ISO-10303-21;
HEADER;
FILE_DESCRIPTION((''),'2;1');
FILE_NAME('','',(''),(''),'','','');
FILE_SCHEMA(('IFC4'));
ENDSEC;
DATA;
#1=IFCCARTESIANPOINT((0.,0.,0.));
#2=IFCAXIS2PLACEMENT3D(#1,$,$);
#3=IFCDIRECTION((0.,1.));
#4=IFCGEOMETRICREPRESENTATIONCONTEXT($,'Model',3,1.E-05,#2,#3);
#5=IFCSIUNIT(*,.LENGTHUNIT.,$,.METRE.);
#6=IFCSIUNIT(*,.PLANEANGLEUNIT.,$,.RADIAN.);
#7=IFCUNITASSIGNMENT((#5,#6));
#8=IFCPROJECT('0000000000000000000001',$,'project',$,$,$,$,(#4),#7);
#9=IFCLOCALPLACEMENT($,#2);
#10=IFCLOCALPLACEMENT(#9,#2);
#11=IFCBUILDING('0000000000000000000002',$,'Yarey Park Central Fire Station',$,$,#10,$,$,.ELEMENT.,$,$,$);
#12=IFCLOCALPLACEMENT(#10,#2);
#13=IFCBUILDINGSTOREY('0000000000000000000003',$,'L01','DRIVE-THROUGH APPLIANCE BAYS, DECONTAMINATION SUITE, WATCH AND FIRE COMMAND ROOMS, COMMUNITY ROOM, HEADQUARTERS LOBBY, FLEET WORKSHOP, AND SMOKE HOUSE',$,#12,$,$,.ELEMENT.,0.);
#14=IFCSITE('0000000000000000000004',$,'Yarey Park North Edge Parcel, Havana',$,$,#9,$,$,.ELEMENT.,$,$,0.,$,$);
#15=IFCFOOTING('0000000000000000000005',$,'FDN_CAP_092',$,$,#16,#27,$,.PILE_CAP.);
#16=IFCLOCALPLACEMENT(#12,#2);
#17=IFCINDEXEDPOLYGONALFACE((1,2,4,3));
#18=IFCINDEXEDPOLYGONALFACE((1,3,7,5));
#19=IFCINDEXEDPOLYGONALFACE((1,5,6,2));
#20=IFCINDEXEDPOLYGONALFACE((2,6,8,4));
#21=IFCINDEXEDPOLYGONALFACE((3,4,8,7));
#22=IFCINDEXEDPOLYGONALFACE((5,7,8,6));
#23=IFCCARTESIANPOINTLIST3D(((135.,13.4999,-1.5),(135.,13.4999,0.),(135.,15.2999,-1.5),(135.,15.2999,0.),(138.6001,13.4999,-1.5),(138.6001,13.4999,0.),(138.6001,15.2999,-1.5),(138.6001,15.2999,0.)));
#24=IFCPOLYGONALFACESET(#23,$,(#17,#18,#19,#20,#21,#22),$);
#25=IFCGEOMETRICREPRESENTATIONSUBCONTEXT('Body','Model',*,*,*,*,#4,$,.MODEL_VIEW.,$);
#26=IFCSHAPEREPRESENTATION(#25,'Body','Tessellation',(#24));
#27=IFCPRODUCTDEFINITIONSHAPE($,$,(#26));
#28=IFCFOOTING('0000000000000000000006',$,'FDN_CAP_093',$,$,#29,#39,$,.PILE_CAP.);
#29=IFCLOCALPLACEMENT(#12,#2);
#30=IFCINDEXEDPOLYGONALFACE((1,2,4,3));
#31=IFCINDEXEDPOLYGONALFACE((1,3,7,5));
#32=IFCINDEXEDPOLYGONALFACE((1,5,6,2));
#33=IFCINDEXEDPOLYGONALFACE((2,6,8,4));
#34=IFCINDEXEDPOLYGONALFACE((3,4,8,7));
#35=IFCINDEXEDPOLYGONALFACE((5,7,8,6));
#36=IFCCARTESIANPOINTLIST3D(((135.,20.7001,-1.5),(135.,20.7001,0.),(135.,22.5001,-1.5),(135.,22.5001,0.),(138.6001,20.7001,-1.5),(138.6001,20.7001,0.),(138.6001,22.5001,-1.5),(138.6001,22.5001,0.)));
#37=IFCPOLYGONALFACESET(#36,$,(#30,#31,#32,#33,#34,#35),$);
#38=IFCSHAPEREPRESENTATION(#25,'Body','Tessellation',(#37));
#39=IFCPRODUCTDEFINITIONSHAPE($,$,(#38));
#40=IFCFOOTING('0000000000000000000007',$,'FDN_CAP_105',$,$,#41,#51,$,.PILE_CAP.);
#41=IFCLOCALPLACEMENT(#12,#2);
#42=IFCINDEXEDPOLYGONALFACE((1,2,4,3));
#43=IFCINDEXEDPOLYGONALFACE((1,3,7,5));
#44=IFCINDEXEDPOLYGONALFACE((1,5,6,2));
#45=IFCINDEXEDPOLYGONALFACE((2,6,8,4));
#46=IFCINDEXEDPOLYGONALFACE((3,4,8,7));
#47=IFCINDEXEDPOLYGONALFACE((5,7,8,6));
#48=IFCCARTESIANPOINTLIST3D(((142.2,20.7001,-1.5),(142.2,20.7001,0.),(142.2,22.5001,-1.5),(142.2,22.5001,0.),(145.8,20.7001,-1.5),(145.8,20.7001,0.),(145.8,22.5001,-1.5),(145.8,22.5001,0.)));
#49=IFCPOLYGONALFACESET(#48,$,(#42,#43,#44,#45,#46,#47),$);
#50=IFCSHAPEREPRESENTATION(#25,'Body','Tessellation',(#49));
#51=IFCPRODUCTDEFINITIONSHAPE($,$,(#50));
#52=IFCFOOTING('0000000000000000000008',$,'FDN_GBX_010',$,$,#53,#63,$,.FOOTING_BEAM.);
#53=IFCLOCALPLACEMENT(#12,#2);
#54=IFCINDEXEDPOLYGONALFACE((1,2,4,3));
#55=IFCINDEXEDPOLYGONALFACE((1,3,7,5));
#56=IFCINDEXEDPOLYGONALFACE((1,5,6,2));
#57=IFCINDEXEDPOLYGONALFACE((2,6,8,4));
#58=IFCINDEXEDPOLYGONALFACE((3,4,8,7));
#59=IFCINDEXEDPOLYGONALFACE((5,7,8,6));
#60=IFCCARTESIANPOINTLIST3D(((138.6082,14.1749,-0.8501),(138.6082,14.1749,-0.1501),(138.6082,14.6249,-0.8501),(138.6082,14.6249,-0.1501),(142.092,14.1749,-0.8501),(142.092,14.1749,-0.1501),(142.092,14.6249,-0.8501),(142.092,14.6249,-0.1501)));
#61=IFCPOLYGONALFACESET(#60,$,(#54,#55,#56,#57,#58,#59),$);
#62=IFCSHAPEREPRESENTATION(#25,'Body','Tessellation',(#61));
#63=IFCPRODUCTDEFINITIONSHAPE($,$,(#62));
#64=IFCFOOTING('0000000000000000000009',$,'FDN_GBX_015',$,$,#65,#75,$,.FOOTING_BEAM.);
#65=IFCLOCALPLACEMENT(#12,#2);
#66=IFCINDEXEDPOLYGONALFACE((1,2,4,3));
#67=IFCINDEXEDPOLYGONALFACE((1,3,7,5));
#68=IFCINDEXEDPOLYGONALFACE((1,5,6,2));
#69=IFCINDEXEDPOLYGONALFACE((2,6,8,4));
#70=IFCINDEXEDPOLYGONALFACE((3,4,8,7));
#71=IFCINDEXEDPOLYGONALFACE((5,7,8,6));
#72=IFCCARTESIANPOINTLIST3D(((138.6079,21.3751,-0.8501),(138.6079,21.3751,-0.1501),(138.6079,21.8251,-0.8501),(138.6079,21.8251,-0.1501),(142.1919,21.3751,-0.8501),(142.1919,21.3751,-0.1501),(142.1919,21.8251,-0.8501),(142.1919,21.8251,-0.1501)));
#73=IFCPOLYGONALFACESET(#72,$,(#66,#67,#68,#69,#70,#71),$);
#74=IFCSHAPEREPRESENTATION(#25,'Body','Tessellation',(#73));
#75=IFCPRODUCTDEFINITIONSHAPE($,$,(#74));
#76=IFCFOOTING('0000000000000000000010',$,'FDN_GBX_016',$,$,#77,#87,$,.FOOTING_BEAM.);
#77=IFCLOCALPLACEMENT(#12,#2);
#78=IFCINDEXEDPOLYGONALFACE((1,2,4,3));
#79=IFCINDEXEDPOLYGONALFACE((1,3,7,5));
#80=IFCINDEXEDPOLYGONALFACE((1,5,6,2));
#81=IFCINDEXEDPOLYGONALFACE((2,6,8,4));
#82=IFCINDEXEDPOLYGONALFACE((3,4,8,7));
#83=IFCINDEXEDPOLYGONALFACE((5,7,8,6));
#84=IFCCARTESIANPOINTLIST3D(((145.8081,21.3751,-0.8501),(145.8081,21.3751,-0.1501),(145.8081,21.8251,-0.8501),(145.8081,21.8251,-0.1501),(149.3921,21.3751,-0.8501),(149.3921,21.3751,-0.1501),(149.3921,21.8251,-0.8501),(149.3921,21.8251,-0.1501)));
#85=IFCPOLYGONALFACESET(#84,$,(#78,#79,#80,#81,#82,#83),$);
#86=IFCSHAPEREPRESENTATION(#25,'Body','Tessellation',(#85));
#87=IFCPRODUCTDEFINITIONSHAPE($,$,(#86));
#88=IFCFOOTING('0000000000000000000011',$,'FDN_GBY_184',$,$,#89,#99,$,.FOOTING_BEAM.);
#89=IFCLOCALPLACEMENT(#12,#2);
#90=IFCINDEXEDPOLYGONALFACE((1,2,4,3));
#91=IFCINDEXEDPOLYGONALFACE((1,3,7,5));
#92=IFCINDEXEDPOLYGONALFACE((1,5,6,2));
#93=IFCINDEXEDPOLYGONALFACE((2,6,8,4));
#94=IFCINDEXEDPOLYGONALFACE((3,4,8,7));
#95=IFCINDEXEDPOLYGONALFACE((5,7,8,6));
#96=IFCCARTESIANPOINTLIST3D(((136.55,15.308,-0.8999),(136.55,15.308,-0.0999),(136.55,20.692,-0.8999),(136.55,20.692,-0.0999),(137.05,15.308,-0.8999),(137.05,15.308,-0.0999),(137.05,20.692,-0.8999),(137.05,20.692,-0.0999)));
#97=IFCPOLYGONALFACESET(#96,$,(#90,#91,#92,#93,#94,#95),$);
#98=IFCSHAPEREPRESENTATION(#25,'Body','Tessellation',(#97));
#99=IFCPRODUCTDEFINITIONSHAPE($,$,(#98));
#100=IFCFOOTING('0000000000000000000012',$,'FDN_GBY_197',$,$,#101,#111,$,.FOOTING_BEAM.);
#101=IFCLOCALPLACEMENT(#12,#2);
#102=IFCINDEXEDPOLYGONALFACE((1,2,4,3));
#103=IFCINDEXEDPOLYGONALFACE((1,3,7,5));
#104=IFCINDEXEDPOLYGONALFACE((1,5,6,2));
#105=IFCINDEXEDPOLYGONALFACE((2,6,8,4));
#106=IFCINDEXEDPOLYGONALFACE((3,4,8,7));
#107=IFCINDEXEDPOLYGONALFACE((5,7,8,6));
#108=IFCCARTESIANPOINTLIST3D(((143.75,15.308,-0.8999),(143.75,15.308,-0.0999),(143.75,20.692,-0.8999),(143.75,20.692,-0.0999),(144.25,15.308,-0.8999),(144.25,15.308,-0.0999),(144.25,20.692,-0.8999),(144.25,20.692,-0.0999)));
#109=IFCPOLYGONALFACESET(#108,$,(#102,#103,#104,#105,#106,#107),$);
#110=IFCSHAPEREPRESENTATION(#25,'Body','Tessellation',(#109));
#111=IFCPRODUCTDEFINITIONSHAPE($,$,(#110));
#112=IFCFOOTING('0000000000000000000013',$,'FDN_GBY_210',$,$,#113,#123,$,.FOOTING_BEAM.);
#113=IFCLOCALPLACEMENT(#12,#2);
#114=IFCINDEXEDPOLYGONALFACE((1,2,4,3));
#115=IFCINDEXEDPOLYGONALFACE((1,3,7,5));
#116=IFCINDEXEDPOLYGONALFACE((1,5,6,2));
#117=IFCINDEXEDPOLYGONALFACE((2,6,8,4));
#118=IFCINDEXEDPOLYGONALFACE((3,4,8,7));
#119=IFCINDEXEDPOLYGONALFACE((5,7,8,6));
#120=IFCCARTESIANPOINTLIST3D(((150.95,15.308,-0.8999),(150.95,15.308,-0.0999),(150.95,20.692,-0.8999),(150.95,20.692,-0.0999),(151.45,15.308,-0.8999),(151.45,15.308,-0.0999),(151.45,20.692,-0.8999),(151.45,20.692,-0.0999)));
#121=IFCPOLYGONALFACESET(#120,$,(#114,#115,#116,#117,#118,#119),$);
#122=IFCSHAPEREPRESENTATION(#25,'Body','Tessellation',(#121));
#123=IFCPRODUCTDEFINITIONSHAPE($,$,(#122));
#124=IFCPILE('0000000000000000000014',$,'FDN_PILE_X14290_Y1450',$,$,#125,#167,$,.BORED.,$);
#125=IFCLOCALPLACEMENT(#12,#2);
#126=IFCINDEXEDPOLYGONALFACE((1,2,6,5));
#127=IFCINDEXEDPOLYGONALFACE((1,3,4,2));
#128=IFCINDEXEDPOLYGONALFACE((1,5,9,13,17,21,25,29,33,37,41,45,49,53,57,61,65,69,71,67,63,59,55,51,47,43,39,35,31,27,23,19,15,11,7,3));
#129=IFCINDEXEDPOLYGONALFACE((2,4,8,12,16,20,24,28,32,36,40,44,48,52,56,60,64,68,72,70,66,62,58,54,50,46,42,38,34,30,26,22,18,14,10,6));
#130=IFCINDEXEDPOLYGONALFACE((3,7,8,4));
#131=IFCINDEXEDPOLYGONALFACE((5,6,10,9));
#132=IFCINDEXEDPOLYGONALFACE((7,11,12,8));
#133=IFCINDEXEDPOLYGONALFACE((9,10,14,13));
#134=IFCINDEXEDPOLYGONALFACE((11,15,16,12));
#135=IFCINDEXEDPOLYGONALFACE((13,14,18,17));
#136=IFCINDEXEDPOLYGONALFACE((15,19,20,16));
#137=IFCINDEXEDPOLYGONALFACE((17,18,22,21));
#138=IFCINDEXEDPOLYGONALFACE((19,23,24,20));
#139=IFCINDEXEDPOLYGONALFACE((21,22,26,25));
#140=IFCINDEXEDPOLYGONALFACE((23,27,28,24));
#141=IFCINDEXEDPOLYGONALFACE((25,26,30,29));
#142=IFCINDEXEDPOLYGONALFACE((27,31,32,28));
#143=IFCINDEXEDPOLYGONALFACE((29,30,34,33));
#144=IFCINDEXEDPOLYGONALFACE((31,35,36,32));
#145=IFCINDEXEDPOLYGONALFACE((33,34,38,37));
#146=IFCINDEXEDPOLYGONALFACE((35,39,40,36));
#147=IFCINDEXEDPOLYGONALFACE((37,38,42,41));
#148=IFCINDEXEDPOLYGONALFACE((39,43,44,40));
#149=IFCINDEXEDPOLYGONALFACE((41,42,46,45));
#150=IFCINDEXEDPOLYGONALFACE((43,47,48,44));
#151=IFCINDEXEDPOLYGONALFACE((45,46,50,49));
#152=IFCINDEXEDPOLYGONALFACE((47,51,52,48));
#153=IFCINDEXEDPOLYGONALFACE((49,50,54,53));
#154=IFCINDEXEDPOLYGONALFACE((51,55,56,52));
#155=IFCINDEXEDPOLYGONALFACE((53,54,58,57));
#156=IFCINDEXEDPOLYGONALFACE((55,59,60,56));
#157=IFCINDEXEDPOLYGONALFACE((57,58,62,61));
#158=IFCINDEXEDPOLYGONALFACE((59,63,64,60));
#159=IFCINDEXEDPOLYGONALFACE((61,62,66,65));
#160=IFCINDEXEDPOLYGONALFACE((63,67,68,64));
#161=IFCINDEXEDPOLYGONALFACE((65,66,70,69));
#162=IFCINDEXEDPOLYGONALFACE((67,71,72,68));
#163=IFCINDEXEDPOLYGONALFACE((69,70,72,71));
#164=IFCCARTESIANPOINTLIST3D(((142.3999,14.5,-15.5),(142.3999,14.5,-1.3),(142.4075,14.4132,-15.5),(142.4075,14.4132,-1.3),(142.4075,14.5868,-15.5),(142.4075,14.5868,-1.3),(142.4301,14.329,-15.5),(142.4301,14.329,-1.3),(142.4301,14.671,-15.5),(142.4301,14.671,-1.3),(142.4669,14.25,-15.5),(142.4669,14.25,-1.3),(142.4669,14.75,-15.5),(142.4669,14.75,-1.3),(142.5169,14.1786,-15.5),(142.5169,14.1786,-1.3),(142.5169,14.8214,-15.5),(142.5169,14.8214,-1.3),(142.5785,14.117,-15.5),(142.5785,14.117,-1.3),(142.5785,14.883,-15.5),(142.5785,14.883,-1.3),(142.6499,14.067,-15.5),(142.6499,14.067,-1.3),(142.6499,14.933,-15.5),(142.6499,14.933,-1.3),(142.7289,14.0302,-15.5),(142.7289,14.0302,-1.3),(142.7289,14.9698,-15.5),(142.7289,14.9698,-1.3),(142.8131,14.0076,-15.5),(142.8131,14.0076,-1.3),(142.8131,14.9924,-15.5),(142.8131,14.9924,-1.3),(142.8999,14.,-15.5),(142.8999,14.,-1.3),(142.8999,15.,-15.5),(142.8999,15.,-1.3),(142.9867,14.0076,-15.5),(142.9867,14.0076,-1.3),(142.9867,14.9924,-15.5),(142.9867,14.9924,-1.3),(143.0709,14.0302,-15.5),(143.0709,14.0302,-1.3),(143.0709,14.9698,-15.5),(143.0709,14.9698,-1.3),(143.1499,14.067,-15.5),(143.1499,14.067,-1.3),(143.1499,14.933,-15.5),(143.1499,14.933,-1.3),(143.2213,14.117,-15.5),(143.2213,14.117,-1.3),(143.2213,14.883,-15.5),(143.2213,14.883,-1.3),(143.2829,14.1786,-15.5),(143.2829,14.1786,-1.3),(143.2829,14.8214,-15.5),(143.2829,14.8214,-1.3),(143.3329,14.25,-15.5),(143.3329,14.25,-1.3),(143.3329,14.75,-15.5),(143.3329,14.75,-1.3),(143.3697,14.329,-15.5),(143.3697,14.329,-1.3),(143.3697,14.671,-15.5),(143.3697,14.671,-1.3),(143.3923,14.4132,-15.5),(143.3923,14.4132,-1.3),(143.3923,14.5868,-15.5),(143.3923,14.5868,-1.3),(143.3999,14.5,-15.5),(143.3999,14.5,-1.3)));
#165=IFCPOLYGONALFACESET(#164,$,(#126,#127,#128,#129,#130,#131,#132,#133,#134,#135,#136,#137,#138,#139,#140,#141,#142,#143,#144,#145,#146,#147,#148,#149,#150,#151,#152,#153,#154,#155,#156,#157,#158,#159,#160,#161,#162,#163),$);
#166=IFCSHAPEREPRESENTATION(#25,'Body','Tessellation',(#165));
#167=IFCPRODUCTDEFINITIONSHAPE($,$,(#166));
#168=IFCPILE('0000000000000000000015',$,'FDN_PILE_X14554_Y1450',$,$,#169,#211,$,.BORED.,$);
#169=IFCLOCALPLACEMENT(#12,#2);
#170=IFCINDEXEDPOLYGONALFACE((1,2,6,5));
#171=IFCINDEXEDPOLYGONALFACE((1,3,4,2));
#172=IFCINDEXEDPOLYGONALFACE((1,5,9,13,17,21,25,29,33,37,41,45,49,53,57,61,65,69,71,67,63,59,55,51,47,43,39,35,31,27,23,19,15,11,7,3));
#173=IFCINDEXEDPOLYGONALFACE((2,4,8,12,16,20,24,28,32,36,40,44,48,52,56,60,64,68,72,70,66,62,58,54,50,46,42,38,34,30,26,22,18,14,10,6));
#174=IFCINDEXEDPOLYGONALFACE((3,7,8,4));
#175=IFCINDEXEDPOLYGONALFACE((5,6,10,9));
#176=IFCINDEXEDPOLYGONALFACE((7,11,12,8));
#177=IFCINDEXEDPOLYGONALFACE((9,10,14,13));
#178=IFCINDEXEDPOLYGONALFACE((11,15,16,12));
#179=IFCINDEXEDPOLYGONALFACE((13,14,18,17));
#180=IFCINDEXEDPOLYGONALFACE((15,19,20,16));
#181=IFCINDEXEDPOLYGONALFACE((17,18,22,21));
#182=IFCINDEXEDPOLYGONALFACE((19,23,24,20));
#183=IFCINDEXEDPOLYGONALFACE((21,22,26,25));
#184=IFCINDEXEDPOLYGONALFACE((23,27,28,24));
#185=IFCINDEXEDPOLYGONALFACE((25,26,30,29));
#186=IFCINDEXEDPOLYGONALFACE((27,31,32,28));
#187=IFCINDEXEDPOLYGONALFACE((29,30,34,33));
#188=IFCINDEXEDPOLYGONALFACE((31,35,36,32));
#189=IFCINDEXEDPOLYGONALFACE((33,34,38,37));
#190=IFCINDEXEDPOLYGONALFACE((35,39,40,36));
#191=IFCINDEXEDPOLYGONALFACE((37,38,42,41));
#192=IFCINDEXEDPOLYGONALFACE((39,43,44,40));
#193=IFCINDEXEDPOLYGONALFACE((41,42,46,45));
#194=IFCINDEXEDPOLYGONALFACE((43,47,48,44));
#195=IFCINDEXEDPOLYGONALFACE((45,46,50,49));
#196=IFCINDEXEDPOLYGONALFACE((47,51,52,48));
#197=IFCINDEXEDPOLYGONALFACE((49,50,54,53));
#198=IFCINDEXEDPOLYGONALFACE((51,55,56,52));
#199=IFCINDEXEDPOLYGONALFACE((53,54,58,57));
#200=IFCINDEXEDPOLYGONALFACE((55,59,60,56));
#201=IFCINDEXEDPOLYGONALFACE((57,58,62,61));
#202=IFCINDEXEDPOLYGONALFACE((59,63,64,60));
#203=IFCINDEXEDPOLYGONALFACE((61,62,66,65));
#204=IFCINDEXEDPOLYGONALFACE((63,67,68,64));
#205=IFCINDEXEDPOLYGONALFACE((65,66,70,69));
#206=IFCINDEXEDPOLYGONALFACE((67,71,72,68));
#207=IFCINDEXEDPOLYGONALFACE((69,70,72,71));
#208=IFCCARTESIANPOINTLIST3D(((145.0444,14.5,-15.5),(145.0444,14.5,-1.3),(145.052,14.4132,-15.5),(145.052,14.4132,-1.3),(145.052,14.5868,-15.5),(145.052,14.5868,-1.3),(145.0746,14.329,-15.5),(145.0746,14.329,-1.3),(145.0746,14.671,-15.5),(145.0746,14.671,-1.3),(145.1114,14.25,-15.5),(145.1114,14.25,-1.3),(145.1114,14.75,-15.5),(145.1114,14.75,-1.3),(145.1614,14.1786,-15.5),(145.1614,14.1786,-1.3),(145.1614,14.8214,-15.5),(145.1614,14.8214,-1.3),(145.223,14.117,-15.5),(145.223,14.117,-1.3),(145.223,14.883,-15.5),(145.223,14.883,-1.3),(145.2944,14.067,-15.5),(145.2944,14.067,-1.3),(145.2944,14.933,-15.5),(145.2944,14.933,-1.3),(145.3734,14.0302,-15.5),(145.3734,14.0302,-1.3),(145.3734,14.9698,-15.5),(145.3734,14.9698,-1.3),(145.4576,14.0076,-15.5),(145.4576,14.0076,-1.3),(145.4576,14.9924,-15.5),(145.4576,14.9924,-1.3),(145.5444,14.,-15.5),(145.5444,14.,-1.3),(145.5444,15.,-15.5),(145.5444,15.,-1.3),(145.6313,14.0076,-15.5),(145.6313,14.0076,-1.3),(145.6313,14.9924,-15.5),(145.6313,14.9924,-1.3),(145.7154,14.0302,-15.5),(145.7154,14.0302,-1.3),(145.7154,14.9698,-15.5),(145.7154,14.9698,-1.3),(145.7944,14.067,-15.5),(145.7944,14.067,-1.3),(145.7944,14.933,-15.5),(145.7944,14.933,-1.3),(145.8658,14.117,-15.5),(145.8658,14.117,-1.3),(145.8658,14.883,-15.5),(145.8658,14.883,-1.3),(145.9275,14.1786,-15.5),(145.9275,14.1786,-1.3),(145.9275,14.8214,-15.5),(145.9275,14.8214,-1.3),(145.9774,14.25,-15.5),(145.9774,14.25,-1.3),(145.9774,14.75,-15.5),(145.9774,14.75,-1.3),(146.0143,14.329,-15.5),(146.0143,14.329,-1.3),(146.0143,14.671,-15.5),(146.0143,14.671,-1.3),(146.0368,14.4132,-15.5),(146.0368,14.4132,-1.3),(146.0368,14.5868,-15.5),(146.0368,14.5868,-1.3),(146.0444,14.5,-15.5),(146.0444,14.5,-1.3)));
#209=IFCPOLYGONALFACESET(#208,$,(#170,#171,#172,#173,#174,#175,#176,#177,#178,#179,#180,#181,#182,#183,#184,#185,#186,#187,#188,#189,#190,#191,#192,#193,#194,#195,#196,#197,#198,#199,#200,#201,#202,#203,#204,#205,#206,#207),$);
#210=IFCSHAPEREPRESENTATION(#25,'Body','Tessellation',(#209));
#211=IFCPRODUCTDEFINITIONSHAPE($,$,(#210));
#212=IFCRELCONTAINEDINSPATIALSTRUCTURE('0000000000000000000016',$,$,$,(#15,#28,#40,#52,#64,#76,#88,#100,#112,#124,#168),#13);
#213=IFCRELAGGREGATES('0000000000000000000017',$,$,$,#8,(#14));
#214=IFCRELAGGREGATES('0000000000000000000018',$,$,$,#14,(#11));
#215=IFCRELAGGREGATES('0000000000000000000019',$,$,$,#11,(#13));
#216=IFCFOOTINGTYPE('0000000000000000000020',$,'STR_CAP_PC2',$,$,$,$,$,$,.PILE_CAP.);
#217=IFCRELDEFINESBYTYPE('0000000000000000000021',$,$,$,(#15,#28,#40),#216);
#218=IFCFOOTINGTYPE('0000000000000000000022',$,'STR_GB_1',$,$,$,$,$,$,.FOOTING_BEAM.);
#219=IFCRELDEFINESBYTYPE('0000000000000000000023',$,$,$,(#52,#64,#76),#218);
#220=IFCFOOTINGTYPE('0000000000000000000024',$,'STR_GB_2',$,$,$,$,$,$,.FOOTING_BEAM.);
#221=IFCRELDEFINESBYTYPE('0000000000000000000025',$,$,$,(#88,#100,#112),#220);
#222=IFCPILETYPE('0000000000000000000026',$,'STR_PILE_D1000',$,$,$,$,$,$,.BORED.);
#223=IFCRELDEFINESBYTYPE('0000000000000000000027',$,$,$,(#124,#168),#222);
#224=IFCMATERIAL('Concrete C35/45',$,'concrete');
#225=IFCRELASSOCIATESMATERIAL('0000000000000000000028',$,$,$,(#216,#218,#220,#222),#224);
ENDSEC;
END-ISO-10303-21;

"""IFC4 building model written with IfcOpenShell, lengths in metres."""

from ifc_helpers import new_model, si_unit, direction, frame, origin, origin_2d, place, context, subcontext, project, spatial, rectangle, circle, extrude, material, material_profile, profile_set, type_object, element, save


model = new_model("IFC4")

# Units and contexts
model_context = context("Model", 3, precision=1e-05, world=origin(), true_north=direction((0.0, 1.0)))
body_context = subcontext(model_context, "Body", "Model", "MODEL_VIEW")
ifc_project = project(units=[si_unit("LENGTHUNIT", "METRE"), si_unit("PLANEANGLEUNIT", "RADIAN")], contexts=[model_context])

# Site, building, storey
site_placement = place(None, origin())
site = spatial("IfcSite", under=ifc_project, at=site_placement, Name="Yarey Park North Edge Parcel, Havana", CompositionType="ELEMENT", RefElevation=0.0)
building_placement = place(site_placement, origin())
building = spatial("IfcBuilding", under=site, at=building_placement, Name="Yarey Park Central Fire Station", CompositionType="ELEMENT")
storey_placement = place(building_placement, origin())
storey = spatial("IfcBuildingStorey", under=building, at=storey_placement, Name="L01", Description="DRIVE-THROUGH APPLIANCE BAYS, DECONTAMINATION SUITE, WATCH AND FIRE COMMAND ROOMS, COMMUNITY ROOM, HEADQUARTERS LOBBY, FLEET WORKSHOP, AND SMOKE HOUSE", CompositionType="ELEMENT", Elevation=0.0)

# Footings
ifc_material_1 = material(Name="Concrete C35/45", Category="concrete")
footing_type_1 = type_object("IfcFootingType", Name="STR_CAP_PC2", PredefinedType="PILE_CAP", material=ifc_material_1)
for number, where, z_axis, x_axis, name in (
    (1, (136.8, 14.3999, -1.5), (0.0, 0.0, 1.0), (1.0, 0.0, 0.0), "FDN_CAP_092"),
    (2, (136.8, 21.6001, -1.5), (0.0, 0.0, 1.0), (1.0, 0.0, 0.0), "FDN_CAP_093"),
    (3, (144.0, 21.6001, -1.5), (0.0, 0.0, 1.0), (1.0, 0.0, 0.0), "FDN_CAP_105"),
):
    element("IfcFooting", number, at=place(storey_placement, frame(where, z_axis=z_axis, x_axis=x_axis)), inside=storey, type_object=footing_type_1, Name=name, PredefinedType="PILE_CAP", context=body_context, shape_type="SweptSolid", body=[
        extrude(rectangle(XDim=3.6001, YDim=1.8, at=origin_2d()), origin(), (0.0, 0.0, 1.0), 1.5),
    ])
footing_type_2 = type_object("IfcFootingType", Name="STR_GB_1", PredefinedType="FOOTING_BEAM", material=ifc_material_1)
footing_placement = place(storey_placement, frame((140.3501, 14.3999, -0.8501), z_axis=(0.0, 0.0, 1.0), x_axis=(1.0, 0.0, 0.0)))
element("IfcFooting", 4, at=footing_placement, inside=storey, type_object=footing_type_2, Name="FDN_GBX_010", PredefinedType="FOOTING_BEAM", context=body_context, shape_type="SweptSolid", body=[
    extrude(rectangle(XDim=3.4839, YDim=0.45, at=origin_2d()), origin(), (0.0, 0.0, 1.0), 0.7),
])
for number, where, z_axis, x_axis, name in (
    (5, (140.3999, 21.6001, -0.8501), (0.0, 0.0, 1.0), (1.0, 0.0, 0.0), "FDN_GBX_015"),
    (6, (147.6001, 21.6001, -0.8501), (0.0, 0.0, 1.0), (1.0, 0.0, 0.0), "FDN_GBX_016"),
):
    element("IfcFooting", number, at=place(storey_placement, frame(where, z_axis=z_axis, x_axis=x_axis)), inside=storey, type_object=footing_type_2, Name=name, PredefinedType="FOOTING_BEAM", context=body_context, shape_type="SweptSolid", body=[
        extrude(rectangle(XDim=3.584, YDim=0.45, at=origin_2d()), origin(), (0.0, 0.0, 1.0), 0.7),
    ])
footing_type_3 = type_object("IfcFootingType", Name="STR_GB_2", PredefinedType="FOOTING_BEAM", material=ifc_material_1)
for number, where, z_axis, x_axis, name in (
    (7, (136.8, 18.0, -0.8999), (0.0, 0.0, 1.0), (1.0, 0.0, 0.0), "FDN_GBY_184"),
    (8, (144.0, 18.0, -0.8999), (0.0, 0.0, 1.0), (1.0, 0.0, 0.0), "FDN_GBY_197"),
    (9, (151.2, 18.0, -0.8999), (0.0, 0.0, 1.0), (1.0, 0.0, 0.0), "FDN_GBY_210"),
):
    element("IfcFooting", number, at=place(storey_placement, frame(where, z_axis=z_axis, x_axis=x_axis)), inside=storey, type_object=footing_type_3, Name=name, PredefinedType="FOOTING_BEAM", context=body_context, shape_type="SweptSolid", body=[
        extrude(rectangle(XDim=0.5, YDim=5.384, at=origin_2d()), origin(), (0.0, 0.0, 1.0), 0.8),
    ])

# Piles
ifc_material_profile_1 = material_profile(ifc_material_1, circle(Radius=0.5, at=origin_2d()), Name="BORED PILE D1000")
ifc_profile_set_1 = profile_set([ifc_material_profile_1], Name="Concrete C35/45")
pile_type_1 = type_object("IfcPileType", Name="STR_PILE_D1000", PredefinedType="BORED", material=ifc_profile_set_1)
for number, where, z_axis, x_axis, name in (
    (10, (142.8999, 14.5, -1.3), (0.0, 0.0, -1.0), (1.0, 0.0, 0.0), "FDN_PILE_X14290_Y1450"),
    (11, (145.5444, 14.5, -1.3), (0.0, 0.0, -1.0), (1.0, 0.0, 0.0), "FDN_PILE_X14554_Y1450"),
):
    element("IfcPile", number, at=place(storey_placement, frame(where, z_axis=z_axis, x_axis=x_axis)), inside=storey, type_object=pile_type_1, Name=name, PredefinedType="BORED", context=body_context, shape_type="SweptSolid", body=[
        extrude(circle(Radius=0.5, at=origin_2d()), origin(), (0.0, 0.0, 1.0), 14.2),
    ])

save(model, "model.ifc")
